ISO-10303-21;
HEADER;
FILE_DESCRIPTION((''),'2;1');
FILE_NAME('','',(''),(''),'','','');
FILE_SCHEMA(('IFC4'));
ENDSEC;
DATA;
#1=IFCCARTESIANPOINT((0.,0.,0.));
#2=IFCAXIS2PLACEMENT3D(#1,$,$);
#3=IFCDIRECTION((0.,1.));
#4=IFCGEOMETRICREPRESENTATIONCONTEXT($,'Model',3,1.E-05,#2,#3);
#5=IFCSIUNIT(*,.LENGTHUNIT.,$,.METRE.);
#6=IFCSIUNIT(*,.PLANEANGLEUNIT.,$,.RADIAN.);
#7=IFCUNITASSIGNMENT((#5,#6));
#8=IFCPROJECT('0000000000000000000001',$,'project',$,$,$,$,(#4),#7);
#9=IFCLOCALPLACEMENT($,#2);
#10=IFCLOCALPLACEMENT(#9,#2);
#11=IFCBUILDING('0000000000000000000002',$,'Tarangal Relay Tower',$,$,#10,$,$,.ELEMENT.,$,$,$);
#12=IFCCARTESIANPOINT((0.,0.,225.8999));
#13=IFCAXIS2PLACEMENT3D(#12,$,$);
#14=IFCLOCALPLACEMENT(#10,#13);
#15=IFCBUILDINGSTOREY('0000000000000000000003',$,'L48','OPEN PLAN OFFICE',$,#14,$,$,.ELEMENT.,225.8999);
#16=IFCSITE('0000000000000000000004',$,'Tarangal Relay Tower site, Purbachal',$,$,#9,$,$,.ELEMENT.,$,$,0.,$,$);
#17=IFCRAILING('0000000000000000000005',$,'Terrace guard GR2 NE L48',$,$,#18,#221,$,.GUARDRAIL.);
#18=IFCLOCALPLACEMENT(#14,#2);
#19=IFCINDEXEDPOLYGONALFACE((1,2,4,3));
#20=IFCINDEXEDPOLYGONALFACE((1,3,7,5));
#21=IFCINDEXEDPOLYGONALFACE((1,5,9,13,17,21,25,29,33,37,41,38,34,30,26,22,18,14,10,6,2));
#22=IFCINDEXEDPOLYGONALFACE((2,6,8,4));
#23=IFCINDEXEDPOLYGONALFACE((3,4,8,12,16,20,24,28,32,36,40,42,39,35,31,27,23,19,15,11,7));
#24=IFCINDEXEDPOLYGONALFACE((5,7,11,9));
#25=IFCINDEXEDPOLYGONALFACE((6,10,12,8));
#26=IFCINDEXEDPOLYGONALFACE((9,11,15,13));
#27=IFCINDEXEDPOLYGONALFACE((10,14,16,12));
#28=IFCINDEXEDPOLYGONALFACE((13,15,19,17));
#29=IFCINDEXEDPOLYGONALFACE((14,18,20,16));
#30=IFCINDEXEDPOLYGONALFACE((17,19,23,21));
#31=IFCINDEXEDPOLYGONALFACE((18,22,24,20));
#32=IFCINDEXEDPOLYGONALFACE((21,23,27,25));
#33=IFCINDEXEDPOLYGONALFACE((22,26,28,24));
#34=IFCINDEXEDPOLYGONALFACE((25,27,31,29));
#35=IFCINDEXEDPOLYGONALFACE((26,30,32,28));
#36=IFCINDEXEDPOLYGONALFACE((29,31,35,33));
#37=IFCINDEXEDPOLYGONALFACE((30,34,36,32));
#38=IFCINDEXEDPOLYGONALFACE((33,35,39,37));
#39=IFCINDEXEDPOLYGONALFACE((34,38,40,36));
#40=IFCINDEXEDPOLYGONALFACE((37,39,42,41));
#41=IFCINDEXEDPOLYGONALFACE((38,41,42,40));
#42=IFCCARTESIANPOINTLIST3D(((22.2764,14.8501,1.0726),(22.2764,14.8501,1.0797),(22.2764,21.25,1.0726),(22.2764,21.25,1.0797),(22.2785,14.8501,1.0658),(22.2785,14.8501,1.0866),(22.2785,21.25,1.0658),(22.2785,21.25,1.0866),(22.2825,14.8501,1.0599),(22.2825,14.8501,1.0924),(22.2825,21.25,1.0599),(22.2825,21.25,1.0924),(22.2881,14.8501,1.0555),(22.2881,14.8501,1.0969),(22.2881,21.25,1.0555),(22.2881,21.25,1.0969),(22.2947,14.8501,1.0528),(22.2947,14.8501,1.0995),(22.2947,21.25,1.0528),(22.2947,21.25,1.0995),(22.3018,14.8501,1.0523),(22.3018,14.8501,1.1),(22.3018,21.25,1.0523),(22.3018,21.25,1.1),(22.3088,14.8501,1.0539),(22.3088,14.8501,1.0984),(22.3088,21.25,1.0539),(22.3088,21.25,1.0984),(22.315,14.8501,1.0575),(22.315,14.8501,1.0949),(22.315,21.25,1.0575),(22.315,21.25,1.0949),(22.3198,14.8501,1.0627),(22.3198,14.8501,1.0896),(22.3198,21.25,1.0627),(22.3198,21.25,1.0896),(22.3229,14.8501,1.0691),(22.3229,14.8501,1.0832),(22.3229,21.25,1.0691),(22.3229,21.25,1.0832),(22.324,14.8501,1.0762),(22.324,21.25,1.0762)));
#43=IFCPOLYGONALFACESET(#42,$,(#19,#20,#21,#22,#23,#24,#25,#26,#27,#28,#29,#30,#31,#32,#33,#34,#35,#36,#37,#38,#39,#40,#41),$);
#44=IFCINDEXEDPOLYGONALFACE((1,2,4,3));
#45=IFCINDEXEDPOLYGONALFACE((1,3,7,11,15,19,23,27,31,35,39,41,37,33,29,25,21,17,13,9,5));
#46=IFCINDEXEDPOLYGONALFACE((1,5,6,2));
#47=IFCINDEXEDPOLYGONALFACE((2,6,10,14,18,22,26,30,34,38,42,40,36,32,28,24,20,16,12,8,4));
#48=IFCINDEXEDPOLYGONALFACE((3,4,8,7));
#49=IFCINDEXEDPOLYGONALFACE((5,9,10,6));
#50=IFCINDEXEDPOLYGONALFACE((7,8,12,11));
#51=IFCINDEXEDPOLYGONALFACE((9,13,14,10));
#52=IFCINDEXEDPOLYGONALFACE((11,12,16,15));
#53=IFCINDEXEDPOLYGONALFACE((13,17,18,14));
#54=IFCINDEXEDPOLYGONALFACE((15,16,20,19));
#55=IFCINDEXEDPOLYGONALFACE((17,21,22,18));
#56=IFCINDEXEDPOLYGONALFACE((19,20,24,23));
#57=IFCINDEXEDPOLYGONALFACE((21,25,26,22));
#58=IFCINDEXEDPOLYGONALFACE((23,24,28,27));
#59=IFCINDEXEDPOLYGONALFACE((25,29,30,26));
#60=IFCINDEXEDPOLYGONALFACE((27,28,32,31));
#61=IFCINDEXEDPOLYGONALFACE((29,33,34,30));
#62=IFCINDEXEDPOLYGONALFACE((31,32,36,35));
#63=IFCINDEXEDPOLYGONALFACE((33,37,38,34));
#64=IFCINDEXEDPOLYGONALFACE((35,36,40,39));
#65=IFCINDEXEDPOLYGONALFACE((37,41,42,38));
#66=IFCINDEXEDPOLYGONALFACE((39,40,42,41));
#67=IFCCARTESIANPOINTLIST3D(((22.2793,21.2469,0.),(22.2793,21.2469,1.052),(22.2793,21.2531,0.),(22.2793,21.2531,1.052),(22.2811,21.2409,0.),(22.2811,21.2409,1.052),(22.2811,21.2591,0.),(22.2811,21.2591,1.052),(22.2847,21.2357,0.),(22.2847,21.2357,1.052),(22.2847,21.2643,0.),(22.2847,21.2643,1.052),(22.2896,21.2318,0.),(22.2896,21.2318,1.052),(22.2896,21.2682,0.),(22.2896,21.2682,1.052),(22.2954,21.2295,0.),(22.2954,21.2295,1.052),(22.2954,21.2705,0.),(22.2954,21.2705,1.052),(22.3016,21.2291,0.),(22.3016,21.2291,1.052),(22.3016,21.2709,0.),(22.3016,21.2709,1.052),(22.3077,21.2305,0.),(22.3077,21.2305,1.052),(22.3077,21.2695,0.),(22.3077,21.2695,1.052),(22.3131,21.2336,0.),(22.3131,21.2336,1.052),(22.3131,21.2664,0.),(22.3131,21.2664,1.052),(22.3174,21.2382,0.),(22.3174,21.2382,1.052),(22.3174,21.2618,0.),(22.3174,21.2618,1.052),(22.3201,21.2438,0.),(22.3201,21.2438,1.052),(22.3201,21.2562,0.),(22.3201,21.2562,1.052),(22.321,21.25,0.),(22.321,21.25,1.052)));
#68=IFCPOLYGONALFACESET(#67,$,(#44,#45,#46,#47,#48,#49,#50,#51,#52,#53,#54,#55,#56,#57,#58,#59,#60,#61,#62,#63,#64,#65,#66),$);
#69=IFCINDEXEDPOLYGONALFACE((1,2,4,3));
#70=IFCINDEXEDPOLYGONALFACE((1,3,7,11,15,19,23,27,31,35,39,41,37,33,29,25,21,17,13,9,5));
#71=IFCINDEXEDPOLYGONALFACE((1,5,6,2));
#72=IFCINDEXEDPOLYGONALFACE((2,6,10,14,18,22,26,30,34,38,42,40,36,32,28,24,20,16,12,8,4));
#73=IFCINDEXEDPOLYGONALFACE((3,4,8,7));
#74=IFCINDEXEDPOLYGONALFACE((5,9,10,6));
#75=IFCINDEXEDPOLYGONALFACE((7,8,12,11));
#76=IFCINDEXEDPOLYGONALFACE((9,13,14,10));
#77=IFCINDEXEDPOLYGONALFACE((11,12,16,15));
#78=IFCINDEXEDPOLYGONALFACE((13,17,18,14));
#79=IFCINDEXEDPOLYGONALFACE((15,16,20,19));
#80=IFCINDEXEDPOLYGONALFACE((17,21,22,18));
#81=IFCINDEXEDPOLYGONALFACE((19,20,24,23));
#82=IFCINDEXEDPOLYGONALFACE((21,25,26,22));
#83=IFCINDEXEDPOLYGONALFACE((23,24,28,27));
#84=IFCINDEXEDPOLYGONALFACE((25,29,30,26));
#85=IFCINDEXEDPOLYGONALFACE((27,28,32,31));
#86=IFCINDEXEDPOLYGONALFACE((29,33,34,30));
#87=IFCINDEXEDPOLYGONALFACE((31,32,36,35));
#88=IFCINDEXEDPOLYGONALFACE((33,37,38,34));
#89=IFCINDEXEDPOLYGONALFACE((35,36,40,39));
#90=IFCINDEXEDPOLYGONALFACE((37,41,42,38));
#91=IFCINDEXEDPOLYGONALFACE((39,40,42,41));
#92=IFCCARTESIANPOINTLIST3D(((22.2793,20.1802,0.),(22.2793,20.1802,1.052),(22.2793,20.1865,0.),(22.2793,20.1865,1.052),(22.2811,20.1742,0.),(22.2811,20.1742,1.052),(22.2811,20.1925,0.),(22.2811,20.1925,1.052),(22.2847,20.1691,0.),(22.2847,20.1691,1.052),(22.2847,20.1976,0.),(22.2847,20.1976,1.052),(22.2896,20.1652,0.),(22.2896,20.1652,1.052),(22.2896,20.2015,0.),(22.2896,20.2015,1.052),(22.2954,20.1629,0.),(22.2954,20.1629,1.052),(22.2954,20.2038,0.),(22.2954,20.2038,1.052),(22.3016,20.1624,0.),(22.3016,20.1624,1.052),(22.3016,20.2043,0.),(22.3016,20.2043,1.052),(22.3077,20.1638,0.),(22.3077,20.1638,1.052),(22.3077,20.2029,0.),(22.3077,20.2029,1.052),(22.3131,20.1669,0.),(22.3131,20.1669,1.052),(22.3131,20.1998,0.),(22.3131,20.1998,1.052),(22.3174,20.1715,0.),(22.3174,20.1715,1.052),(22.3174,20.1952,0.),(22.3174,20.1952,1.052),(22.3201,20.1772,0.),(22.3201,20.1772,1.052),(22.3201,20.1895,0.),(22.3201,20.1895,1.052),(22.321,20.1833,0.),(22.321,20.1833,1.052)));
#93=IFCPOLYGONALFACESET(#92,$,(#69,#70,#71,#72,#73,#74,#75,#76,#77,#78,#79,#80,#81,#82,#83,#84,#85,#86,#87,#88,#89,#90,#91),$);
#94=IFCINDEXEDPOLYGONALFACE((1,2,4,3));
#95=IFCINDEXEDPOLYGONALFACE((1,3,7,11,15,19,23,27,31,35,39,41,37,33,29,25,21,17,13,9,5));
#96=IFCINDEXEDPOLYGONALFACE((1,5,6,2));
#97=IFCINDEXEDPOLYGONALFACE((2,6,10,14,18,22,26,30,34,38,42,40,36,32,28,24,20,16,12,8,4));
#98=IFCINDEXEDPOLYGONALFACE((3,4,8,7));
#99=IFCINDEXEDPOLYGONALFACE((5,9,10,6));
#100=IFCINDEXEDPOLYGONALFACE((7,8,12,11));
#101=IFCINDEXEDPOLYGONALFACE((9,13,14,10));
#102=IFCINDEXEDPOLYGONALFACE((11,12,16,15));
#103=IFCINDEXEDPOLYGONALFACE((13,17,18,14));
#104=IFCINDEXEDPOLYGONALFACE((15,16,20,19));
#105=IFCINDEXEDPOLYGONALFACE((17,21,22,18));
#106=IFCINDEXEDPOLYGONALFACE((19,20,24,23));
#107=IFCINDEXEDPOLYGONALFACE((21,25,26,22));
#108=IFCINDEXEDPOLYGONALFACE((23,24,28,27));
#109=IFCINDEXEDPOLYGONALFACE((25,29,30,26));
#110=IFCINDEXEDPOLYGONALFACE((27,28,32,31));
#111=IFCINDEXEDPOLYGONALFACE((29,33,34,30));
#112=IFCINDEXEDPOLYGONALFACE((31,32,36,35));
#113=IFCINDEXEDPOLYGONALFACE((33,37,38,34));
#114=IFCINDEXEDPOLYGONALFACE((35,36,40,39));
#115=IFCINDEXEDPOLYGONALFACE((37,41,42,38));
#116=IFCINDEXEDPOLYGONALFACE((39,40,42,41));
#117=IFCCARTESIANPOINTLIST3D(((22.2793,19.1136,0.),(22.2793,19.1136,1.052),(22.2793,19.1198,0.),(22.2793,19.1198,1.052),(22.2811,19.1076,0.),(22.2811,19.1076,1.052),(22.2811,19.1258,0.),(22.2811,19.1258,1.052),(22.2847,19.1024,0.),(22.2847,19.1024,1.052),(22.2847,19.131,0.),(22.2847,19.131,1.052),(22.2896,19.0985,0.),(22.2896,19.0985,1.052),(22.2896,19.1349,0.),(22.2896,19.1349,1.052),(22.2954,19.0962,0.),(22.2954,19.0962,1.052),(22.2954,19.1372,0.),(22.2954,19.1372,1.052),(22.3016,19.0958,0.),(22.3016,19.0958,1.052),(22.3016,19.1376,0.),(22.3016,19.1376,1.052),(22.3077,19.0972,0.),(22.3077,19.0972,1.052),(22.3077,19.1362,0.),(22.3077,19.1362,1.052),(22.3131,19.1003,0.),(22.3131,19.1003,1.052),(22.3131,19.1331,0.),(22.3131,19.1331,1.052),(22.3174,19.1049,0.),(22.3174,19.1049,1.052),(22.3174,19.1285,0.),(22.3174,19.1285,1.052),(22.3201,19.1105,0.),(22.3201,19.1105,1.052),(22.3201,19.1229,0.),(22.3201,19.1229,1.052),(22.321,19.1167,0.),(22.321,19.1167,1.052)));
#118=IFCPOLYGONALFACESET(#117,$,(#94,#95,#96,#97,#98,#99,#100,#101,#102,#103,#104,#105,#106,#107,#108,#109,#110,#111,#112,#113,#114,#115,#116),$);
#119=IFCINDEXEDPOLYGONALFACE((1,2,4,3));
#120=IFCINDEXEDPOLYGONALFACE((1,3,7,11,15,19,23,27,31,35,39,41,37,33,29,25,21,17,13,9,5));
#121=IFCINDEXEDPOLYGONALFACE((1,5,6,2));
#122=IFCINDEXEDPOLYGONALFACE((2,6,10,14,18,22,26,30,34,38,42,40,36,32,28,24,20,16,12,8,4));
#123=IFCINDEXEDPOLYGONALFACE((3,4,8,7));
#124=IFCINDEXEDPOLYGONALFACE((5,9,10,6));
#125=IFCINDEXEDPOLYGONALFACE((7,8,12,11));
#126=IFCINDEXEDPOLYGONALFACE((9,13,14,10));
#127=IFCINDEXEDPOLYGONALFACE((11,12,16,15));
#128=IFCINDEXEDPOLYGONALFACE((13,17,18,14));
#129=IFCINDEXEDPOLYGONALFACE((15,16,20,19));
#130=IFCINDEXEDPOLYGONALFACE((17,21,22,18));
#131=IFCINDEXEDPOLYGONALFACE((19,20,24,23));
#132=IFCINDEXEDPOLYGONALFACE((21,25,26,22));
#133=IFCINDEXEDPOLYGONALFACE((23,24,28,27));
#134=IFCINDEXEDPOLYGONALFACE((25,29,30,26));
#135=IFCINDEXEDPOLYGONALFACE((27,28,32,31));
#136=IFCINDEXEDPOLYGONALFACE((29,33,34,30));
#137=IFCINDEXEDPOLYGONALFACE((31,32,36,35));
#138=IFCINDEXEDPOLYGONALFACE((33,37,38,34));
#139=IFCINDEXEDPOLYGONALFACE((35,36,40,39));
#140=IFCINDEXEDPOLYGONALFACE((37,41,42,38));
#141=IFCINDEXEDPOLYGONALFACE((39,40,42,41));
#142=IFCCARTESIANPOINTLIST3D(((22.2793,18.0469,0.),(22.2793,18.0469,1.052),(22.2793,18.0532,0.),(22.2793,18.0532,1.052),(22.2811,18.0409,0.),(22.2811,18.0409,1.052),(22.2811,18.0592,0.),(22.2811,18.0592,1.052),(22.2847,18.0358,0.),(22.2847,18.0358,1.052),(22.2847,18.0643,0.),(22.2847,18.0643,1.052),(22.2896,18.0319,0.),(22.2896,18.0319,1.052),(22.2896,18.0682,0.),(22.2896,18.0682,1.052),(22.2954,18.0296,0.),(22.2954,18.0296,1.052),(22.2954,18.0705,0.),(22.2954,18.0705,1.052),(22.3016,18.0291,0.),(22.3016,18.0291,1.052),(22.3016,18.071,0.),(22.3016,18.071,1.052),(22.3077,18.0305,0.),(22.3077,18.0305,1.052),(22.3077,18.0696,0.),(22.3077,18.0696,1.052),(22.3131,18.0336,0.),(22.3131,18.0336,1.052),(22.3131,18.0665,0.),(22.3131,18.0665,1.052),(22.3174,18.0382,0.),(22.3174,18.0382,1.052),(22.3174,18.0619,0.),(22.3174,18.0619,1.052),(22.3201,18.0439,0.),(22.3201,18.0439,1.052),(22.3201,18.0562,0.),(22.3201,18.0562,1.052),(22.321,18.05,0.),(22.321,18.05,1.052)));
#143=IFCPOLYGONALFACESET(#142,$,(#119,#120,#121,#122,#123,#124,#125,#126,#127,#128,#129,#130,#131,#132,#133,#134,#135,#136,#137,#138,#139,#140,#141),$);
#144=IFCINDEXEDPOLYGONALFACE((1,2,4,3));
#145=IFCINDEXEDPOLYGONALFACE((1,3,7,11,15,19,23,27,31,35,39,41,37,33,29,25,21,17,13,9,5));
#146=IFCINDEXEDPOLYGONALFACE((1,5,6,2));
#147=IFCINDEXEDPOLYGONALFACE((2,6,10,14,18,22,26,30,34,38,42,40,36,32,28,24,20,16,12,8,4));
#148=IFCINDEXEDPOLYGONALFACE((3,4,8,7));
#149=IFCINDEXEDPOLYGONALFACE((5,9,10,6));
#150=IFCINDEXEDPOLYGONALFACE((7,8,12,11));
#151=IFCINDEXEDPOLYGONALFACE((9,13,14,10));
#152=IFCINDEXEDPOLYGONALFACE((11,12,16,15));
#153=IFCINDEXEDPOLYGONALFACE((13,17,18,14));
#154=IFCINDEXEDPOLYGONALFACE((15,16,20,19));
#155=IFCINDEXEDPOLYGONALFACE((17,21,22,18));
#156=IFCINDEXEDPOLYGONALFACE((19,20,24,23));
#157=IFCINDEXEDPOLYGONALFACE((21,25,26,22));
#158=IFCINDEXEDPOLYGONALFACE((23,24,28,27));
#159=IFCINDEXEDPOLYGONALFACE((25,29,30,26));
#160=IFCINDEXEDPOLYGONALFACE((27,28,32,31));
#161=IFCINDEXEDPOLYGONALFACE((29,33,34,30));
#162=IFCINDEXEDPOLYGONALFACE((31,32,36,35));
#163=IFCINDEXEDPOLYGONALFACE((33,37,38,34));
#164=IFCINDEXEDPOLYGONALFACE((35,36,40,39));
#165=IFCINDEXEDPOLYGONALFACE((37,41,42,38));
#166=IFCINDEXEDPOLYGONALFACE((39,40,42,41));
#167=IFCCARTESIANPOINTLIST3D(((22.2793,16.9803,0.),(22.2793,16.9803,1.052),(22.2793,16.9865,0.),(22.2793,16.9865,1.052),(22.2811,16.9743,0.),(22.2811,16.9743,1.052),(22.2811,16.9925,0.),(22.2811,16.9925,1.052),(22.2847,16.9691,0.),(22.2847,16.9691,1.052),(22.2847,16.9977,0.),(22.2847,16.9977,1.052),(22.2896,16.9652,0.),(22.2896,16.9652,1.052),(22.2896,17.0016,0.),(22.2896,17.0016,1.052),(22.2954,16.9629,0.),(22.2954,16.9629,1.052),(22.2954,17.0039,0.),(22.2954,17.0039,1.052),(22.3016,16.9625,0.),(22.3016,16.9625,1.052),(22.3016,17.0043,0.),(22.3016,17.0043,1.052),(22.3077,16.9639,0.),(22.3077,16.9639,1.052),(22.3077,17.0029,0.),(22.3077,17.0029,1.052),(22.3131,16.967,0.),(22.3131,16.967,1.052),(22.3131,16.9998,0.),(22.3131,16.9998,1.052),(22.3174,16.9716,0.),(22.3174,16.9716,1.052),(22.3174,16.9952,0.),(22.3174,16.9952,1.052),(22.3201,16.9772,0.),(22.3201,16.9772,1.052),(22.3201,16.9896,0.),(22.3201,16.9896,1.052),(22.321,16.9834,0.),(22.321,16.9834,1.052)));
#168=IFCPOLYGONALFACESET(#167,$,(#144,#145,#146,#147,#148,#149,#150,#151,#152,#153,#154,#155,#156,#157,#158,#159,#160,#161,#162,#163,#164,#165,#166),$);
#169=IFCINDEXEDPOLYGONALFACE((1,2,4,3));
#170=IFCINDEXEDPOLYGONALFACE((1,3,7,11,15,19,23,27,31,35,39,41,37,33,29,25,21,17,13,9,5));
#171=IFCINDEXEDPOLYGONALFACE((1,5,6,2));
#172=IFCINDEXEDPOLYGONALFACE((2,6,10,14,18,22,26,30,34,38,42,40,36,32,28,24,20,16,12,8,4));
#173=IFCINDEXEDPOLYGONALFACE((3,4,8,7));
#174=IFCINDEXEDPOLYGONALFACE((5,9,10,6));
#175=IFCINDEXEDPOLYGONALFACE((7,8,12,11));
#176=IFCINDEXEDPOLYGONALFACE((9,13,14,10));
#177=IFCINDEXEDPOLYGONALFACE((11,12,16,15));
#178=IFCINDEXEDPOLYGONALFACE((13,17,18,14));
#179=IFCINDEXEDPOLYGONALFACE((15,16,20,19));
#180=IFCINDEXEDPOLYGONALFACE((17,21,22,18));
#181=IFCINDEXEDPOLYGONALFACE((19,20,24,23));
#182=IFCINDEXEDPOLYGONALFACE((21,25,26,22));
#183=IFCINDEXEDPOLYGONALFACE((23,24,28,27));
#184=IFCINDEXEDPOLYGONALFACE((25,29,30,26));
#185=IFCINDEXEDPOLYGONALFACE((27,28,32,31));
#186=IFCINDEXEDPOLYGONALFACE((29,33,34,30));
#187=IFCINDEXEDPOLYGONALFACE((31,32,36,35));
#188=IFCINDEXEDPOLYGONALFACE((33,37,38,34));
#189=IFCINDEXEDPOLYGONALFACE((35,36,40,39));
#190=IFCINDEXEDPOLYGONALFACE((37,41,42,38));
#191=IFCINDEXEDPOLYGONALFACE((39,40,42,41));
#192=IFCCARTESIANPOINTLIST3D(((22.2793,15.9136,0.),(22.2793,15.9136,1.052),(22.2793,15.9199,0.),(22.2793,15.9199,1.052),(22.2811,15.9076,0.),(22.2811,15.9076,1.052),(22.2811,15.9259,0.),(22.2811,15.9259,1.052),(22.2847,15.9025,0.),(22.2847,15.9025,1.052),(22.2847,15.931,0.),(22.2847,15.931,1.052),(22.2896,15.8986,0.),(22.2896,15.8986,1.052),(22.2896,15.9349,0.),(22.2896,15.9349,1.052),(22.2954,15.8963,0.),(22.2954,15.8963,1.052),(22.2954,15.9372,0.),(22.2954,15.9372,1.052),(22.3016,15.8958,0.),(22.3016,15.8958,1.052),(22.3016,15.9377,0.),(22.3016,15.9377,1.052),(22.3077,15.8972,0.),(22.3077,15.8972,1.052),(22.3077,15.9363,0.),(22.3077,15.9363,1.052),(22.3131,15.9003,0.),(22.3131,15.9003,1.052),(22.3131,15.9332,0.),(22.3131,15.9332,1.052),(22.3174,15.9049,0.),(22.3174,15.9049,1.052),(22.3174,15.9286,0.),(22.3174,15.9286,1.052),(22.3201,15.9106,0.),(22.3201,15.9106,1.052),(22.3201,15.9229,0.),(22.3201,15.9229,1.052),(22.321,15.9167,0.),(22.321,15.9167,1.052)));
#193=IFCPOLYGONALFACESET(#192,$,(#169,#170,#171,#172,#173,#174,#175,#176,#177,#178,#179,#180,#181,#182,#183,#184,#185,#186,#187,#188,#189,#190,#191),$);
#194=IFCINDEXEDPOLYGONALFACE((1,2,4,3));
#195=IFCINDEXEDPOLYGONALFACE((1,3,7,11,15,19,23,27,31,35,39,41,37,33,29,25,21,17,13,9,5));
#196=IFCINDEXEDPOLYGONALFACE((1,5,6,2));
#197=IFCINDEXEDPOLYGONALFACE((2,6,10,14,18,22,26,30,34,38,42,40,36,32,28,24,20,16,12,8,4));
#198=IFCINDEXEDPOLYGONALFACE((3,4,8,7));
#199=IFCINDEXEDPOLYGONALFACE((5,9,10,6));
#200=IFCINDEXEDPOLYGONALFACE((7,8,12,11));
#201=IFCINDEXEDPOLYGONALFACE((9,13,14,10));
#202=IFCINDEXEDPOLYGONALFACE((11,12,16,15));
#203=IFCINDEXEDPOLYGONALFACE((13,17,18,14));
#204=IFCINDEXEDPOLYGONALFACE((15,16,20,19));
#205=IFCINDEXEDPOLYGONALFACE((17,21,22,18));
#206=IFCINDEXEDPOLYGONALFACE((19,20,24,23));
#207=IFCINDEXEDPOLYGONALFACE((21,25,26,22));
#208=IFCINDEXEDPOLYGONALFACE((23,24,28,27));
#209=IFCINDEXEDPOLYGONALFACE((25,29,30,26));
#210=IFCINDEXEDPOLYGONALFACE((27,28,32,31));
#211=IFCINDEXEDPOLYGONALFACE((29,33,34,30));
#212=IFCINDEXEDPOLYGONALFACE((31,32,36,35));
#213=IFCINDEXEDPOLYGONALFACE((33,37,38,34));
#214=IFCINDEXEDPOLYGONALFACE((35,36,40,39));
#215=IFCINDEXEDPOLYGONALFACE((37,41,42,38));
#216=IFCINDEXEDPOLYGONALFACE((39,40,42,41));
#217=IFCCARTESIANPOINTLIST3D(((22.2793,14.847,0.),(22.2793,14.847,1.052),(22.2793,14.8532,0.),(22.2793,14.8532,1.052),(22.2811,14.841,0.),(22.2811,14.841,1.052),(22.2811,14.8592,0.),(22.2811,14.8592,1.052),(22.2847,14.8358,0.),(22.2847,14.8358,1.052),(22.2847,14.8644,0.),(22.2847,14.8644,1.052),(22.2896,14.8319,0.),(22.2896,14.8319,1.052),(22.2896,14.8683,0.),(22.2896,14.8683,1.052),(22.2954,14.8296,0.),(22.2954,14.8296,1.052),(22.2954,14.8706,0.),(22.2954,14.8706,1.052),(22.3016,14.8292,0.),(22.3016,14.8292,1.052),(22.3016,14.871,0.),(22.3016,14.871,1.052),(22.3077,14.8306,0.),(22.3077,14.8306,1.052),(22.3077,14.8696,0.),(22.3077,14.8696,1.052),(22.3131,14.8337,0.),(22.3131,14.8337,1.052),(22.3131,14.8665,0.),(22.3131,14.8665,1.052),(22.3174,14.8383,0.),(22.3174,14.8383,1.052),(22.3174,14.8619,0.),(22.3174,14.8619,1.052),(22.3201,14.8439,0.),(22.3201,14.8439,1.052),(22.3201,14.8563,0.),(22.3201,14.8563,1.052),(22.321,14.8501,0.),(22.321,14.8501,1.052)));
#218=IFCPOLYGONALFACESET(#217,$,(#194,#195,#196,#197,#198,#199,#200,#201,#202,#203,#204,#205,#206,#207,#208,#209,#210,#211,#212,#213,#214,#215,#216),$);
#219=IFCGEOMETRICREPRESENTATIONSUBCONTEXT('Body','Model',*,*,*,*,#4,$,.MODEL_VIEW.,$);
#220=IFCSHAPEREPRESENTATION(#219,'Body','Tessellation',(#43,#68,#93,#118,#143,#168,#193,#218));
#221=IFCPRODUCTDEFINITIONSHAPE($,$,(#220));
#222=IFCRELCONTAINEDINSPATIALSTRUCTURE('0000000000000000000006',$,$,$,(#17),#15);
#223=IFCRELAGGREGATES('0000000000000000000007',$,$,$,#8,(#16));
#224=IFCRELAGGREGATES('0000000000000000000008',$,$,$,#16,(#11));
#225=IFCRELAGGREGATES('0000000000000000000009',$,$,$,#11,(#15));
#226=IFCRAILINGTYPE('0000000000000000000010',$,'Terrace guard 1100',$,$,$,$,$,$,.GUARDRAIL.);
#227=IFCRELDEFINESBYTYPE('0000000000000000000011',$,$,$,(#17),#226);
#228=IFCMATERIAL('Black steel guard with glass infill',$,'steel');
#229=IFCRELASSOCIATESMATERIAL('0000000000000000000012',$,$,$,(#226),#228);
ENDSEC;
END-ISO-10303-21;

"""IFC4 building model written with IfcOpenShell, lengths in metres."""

from ifc_helpers import new_model, si_unit, direction, frame, origin, origin_2d, place, context, subcontext, project, spatial, circle, extrude, material, type_object, element, save


model = new_model("IFC4")

# Units and contexts
model_context = context("Model", 3, precision=1e-05, world=origin(), true_north=direction((0.0, 1.0)))
body_context = subcontext(model_context, "Body", "Model", "MODEL_VIEW")
ifc_project = project(units=[si_unit("LENGTHUNIT", "METRE"), si_unit("PLANEANGLEUNIT", "RADIAN")], contexts=[model_context])

# Site, building, storey
site_placement = place(None, origin())
site = spatial("IfcSite", under=ifc_project, at=site_placement, Name="Tarangal Relay Tower site, Purbachal", CompositionType="ELEMENT", RefElevation=0.0)
building_placement = place(site_placement, origin())
building = spatial("IfcBuilding", under=site, at=building_placement, Name="Tarangal Relay Tower", CompositionType="ELEMENT")
storey_placement = place(building_placement, frame((0.0, 0.0, 225.8999)))
storey = spatial("IfcBuildingStorey", under=building, at=storey_placement, Name="L48", Description="OPEN PLAN OFFICE", CompositionType="ELEMENT", Elevation=225.8999)

# Railing
ifc_material_1 = material(Name="Black steel guard with glass infill", Category="steel")
railing_type = type_object("IfcRailingType", Name="Terrace guard 1100", PredefinedType="GUARDRAIL", material=ifc_material_1)
railing_1_placement = place(storey_placement, frame((22.3, 21.25, 0.0)))
element("IfcRailing", 1, at=railing_1_placement, inside=storey, type_object=railing_type, Name="Terrace guard GR2 NE L48", PredefinedType="GUARDRAIL", context=body_context, shape_type="SweptSolid", body=[
    extrude(circle(Radius=0.0239, at=origin_2d()), frame((0.0, 0.0, 1.0762), z_axis=(0.0, -1.0, 0.0), x_axis=(1.0, 0.0, 0.0)), (0.0, 0.0, 1.0), 6.3999),
    extrude(circle(Radius=0.021, at=origin_2d()), origin(), (0.0, 0.0, 1.0), 1.052),
    extrude(circle(Radius=0.021, at=origin_2d()), frame((0.0, -1.0667, 0.0)), (0.0, 0.0, 1.0), 1.052),
    extrude(circle(Radius=0.021, at=origin_2d()), frame((0.0, -2.1333, 0.0)), (0.0, 0.0, 1.0), 1.052),
    extrude(circle(Radius=0.021, at=origin_2d()), frame((0.0, -3.2, 0.0)), (0.0, 0.0, 1.0), 1.052),
    extrude(circle(Radius=0.021, at=origin_2d()), frame((0.0, -4.2666, 0.0)), (0.0, 0.0, 1.0), 1.052),
    extrude(circle(Radius=0.021, at=origin_2d()), frame((0.0, -5.3333, 0.0)), (0.0, 0.0, 1.0), 1.052),
    extrude(circle(Radius=0.021, at=origin_2d()), frame((0.0, -6.3999, 0.0)), (0.0, 0.0, 1.0), 1.052),
])

save(model, "model.ifc")
